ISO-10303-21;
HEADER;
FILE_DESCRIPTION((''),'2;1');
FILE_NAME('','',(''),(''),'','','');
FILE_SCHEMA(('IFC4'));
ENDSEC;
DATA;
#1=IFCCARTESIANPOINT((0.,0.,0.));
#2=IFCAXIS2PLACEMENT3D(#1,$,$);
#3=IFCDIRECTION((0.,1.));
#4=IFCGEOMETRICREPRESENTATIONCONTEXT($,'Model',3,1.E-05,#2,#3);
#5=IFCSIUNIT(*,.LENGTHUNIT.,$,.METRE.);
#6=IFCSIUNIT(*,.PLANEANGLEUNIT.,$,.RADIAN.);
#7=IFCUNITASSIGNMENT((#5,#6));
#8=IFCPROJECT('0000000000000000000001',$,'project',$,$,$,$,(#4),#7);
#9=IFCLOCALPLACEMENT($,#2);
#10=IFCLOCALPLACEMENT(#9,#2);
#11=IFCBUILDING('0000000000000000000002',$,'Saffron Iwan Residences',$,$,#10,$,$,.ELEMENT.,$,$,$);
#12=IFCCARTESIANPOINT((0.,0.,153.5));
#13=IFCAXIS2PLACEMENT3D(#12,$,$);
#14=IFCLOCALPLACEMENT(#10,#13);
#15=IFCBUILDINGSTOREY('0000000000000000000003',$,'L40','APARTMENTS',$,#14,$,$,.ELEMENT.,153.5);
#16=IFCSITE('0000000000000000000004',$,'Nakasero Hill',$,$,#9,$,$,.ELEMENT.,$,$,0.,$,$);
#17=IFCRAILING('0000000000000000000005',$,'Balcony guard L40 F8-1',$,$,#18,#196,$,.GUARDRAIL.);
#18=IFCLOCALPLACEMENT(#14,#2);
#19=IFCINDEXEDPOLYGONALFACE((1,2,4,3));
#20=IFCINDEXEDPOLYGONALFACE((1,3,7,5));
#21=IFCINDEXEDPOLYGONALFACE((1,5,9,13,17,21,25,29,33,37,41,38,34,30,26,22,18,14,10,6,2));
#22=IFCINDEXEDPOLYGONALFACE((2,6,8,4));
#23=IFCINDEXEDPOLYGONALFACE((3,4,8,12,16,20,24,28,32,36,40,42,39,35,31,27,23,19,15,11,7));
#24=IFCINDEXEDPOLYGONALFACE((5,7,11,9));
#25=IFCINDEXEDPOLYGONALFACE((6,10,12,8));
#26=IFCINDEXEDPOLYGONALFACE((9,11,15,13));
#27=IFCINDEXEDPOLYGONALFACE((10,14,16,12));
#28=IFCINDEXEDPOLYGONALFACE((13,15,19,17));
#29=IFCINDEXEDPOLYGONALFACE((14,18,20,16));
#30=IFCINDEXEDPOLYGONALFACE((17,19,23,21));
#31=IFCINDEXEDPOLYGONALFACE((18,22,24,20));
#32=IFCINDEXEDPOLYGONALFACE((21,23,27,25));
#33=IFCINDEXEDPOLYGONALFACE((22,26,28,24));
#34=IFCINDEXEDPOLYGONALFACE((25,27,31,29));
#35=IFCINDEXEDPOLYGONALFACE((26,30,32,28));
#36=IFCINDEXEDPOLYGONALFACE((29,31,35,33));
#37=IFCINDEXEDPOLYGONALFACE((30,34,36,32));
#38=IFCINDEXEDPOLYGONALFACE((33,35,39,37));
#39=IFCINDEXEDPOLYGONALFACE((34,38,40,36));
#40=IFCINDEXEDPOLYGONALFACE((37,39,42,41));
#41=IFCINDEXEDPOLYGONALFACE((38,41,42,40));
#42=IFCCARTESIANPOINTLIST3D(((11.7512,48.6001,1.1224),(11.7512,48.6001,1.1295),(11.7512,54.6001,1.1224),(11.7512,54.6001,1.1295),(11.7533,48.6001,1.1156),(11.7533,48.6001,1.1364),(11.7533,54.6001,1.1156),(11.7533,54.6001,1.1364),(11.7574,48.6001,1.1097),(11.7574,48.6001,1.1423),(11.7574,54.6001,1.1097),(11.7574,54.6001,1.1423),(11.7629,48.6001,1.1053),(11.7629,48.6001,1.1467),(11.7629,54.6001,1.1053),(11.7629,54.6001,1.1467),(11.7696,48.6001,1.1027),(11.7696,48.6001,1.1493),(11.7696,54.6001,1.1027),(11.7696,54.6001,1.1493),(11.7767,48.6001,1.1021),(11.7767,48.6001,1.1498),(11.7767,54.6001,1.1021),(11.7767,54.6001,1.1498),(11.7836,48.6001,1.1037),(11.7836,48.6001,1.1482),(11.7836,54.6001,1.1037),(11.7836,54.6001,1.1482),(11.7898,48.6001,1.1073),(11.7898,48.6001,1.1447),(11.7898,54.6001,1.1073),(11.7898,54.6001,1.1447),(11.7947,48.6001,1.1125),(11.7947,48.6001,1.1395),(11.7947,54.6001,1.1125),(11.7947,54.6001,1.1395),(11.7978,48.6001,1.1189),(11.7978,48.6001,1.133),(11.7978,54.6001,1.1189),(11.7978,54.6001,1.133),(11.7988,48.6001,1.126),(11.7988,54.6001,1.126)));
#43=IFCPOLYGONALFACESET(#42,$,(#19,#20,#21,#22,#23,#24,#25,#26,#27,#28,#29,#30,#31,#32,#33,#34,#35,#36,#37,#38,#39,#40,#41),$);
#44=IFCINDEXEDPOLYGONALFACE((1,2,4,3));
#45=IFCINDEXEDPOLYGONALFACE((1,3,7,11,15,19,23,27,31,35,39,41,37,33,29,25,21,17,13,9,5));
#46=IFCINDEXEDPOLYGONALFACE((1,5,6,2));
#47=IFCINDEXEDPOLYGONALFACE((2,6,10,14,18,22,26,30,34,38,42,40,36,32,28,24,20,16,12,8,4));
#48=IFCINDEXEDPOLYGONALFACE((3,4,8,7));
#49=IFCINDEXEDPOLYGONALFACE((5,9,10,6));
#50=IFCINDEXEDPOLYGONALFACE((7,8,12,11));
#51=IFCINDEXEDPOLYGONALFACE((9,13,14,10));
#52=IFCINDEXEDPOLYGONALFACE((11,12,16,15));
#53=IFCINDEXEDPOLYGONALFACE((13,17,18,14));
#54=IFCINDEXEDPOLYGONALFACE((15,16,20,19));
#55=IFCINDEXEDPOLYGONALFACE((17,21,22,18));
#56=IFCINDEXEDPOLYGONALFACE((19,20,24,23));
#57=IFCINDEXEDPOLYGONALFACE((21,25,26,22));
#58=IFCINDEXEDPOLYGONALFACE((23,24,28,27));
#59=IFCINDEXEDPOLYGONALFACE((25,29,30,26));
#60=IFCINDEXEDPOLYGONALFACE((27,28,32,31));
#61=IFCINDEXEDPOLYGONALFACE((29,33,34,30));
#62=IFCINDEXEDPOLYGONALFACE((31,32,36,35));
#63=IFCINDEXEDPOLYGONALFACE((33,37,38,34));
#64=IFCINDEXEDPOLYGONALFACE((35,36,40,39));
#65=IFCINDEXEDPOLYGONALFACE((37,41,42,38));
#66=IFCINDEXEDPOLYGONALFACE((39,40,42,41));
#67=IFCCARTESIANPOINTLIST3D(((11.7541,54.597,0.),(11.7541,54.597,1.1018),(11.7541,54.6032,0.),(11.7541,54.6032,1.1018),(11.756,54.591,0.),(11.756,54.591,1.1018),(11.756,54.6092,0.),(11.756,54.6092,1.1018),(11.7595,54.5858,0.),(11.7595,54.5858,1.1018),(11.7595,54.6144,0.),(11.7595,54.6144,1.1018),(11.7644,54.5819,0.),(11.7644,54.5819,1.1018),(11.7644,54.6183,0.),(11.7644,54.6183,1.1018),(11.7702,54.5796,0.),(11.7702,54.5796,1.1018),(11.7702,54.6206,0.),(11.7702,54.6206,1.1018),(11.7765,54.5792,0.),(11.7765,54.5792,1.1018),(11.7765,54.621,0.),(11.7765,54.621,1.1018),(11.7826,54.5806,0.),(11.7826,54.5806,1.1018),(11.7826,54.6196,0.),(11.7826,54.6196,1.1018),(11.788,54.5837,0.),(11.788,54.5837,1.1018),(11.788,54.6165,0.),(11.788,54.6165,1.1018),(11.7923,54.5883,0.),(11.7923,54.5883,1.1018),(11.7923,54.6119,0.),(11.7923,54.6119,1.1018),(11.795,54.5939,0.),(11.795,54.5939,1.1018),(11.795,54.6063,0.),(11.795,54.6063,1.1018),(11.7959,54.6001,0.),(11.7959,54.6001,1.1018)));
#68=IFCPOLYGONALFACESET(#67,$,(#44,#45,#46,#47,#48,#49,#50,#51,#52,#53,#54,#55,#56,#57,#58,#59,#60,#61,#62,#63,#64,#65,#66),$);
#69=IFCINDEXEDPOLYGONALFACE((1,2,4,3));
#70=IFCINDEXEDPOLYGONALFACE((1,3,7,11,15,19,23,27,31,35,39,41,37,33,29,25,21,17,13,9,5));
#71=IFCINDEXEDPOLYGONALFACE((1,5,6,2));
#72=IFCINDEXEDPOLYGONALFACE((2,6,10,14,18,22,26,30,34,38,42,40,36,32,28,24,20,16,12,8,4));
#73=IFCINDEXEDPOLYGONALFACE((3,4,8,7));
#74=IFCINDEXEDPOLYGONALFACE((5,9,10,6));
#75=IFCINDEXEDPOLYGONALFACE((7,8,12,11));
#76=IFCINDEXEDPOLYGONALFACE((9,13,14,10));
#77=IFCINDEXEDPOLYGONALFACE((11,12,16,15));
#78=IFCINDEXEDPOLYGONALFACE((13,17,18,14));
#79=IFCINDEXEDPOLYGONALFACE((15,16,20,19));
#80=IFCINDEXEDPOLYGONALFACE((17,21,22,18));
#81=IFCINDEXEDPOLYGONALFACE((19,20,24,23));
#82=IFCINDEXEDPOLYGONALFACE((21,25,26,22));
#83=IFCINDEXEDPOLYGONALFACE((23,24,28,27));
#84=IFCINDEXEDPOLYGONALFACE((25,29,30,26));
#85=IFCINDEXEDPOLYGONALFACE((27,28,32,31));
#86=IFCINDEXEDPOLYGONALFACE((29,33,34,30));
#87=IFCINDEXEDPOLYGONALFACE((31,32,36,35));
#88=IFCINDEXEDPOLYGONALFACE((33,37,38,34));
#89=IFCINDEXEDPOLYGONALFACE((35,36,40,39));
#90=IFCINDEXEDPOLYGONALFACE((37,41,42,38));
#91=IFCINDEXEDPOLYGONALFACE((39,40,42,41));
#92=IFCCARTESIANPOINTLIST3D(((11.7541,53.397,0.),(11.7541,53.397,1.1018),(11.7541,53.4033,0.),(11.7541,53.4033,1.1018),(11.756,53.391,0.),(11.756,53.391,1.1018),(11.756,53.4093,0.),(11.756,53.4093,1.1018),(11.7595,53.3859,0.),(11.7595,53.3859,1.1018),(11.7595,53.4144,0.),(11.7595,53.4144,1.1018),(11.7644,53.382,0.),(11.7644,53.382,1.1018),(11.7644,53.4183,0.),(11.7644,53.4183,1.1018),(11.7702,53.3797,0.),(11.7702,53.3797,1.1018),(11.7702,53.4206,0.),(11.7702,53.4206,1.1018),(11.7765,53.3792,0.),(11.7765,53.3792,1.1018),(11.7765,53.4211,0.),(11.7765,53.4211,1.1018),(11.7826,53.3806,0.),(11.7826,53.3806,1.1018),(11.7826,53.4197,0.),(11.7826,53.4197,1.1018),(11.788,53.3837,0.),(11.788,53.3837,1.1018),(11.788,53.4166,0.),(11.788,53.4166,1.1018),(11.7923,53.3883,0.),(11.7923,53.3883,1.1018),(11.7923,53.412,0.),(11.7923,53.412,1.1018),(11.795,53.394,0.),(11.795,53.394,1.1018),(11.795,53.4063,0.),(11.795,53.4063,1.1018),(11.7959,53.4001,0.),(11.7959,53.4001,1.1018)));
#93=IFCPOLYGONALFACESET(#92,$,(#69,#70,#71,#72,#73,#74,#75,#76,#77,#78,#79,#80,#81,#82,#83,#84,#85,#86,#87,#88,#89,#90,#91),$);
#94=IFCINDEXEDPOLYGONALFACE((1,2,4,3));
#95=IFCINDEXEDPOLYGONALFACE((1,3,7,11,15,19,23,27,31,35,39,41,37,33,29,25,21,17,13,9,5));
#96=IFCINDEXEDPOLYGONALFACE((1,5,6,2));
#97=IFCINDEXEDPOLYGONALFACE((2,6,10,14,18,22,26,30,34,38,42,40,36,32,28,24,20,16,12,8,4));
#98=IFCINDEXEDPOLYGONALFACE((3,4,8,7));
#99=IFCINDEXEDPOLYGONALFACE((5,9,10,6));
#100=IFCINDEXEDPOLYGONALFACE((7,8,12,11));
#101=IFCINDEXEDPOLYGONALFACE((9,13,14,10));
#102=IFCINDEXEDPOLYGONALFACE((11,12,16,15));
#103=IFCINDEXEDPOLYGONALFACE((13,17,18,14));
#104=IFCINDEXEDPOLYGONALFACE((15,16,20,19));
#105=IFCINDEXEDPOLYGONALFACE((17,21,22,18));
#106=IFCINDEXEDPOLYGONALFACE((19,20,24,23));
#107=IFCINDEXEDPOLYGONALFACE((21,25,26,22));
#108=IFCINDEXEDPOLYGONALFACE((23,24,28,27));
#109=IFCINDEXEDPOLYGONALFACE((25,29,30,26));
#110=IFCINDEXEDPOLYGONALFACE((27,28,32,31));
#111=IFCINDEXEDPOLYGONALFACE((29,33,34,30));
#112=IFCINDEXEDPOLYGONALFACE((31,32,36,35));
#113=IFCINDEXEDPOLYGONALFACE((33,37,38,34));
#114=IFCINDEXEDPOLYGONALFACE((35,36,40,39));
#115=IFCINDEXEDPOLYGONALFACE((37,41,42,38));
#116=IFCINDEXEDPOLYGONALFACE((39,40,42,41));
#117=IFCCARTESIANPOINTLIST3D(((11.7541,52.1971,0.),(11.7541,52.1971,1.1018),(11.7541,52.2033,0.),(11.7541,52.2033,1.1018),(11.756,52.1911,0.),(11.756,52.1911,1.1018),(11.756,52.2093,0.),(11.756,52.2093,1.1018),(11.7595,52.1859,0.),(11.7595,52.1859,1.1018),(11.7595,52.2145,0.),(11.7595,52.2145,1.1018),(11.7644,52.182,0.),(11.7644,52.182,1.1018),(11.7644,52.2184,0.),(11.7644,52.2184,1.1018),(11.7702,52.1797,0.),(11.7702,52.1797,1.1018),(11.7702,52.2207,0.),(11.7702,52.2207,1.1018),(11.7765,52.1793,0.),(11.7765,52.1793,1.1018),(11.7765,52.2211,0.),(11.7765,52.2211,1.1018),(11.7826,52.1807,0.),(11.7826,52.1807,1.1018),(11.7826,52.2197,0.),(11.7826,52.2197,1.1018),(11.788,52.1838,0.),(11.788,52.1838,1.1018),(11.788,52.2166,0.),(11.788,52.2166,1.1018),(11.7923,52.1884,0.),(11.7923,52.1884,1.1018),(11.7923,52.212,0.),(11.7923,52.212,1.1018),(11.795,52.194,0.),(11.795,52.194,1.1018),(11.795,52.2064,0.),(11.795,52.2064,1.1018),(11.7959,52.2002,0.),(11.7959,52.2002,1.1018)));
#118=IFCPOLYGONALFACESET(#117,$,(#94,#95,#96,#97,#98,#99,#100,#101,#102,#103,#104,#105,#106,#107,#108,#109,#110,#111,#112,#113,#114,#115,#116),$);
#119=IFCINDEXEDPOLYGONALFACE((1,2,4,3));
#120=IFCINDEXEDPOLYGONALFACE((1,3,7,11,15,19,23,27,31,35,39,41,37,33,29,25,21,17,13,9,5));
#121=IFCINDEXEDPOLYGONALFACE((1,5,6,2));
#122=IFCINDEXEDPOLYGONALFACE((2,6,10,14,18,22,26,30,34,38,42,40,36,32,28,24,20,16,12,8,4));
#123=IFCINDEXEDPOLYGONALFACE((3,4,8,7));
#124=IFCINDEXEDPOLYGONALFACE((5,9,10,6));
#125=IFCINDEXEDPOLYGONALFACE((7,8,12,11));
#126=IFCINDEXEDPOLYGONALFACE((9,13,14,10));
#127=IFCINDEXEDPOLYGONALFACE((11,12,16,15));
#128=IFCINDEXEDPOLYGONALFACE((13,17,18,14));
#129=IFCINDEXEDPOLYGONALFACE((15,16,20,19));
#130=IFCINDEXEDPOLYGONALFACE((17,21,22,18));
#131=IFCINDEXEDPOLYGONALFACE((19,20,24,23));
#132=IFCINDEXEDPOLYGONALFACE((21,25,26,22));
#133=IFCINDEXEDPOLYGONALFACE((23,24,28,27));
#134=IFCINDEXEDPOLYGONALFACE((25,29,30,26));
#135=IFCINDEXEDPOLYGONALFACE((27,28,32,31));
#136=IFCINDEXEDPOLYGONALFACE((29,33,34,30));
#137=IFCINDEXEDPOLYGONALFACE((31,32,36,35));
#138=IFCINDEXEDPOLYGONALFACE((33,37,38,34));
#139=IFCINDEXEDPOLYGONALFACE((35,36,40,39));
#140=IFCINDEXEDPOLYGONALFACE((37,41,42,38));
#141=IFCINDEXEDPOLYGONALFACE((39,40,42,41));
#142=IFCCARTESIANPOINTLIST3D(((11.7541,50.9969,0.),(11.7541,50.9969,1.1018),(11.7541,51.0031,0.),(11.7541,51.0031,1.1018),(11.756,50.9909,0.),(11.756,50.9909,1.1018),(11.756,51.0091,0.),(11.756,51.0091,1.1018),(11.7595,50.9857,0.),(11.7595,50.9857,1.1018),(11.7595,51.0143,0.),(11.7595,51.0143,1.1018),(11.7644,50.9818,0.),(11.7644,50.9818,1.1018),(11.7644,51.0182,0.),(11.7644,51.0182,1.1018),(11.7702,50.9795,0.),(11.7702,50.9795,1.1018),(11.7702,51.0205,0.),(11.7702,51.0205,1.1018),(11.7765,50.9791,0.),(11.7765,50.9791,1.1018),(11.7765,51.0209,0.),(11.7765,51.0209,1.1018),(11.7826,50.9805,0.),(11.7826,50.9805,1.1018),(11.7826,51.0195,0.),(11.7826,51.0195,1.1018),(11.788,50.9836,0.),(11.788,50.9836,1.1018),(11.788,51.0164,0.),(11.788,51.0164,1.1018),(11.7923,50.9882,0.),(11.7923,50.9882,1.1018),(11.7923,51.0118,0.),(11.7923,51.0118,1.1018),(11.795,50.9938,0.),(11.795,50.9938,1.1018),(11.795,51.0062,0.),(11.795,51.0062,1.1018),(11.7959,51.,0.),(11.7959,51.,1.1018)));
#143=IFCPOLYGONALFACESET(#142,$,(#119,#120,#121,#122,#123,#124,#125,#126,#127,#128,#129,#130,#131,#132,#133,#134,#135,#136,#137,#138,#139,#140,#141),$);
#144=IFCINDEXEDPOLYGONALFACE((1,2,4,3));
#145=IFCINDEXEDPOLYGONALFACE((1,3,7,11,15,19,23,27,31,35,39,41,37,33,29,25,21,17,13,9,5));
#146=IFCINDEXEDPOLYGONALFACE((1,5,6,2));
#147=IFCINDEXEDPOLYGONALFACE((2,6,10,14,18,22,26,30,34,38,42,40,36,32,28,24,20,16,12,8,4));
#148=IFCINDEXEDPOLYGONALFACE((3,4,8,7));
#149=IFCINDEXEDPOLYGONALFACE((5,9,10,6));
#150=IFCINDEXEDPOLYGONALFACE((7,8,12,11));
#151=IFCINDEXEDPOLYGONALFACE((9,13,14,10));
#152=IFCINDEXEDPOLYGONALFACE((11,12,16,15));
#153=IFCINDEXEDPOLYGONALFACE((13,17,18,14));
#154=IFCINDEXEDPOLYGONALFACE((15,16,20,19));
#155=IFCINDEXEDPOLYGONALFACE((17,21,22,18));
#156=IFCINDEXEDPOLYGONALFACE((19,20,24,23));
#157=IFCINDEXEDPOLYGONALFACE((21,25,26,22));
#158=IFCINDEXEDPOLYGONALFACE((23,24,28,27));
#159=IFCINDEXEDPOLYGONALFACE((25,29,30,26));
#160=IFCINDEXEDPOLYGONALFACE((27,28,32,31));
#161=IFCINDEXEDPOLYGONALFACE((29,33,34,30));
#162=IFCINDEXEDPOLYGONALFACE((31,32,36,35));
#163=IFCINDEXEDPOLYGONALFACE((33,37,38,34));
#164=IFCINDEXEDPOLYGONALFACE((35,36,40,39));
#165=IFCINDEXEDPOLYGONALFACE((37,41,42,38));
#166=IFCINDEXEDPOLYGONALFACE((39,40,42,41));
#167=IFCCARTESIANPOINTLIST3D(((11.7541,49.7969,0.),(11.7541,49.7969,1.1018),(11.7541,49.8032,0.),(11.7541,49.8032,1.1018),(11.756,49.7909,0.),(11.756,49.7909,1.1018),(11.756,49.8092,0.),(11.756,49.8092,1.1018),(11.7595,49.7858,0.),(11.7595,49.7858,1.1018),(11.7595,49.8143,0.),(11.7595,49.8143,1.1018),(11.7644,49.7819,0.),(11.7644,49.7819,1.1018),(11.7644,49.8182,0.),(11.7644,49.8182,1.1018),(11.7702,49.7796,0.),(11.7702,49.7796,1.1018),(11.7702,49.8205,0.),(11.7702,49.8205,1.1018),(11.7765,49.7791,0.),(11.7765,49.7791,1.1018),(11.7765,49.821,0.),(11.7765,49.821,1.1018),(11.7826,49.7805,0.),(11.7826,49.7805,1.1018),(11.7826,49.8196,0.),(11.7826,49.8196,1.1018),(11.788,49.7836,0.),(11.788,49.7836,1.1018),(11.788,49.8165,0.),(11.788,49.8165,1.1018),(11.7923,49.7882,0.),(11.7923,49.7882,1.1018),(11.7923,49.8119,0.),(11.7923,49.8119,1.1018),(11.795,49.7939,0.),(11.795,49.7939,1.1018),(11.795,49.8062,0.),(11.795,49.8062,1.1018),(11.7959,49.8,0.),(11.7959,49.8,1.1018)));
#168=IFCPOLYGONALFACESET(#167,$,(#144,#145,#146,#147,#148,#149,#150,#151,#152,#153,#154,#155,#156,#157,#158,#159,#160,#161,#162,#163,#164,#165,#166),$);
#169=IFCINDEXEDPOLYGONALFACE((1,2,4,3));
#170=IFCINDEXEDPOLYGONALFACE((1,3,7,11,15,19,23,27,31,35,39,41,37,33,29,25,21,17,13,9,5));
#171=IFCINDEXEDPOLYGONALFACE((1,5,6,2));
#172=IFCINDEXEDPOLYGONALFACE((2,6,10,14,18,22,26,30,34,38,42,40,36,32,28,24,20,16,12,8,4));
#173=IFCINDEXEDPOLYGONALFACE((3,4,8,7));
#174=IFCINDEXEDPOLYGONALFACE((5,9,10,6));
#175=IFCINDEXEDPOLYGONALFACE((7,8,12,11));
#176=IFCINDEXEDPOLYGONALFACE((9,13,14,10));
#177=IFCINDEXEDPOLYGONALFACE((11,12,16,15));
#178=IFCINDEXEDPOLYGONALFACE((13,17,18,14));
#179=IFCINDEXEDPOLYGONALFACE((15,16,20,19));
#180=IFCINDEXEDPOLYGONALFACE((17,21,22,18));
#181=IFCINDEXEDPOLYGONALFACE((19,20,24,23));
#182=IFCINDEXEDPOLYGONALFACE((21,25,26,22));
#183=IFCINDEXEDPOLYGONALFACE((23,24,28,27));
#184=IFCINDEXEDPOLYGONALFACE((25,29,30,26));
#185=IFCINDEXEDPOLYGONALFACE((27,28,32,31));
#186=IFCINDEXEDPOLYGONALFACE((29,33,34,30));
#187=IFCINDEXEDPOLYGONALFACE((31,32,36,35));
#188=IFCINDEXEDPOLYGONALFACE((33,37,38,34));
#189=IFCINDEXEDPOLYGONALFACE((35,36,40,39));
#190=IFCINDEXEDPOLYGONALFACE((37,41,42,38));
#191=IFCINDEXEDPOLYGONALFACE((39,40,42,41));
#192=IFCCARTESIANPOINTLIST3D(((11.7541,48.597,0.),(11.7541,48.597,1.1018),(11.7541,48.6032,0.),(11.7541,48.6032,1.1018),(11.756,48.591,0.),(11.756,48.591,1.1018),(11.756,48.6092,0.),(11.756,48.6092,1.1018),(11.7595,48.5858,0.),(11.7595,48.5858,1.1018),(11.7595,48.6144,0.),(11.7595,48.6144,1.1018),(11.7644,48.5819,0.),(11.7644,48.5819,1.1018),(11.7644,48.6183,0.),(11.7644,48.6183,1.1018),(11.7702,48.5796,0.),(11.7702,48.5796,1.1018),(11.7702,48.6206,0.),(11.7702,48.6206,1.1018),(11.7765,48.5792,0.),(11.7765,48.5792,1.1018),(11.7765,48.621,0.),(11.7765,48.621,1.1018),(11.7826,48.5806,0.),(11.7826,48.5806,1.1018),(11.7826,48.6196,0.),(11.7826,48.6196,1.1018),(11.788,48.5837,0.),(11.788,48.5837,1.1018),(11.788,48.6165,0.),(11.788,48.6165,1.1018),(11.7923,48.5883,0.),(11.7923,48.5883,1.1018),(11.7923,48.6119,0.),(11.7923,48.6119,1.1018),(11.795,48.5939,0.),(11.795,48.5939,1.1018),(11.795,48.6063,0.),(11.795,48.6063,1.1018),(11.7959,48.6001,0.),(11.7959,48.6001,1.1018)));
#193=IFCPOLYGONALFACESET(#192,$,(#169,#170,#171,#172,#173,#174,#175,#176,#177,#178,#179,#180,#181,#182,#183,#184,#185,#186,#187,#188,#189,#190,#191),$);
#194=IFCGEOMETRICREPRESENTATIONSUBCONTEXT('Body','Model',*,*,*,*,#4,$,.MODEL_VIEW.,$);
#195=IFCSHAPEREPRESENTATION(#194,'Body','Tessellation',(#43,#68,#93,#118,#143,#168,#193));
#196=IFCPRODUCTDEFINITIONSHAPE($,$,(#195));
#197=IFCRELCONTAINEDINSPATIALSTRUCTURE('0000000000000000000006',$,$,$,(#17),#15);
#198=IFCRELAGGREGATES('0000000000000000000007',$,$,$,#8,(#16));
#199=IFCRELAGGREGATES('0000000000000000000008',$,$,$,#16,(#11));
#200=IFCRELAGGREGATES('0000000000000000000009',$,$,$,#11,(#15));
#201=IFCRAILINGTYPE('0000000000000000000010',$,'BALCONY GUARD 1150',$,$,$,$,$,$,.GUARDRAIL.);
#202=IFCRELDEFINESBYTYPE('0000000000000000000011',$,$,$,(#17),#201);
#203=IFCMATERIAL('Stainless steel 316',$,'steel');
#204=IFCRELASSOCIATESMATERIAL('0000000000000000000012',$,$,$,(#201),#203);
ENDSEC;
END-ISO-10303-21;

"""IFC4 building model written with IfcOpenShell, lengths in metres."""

from ifc_helpers import new_model, si_unit, direction, frame, origin, origin_2d, place, context, subcontext, project, spatial, circle, extrude, material, type_object, element, save


model = new_model("IFC4")

# Units and contexts
model_context = context("Model", 3, precision=1e-05, world=origin(), true_north=direction((0.0, 1.0)))
body_context = subcontext(model_context, "Body", "Model", "MODEL_VIEW")
ifc_project = project(units=[si_unit("LENGTHUNIT", "METRE"), si_unit("PLANEANGLEUNIT", "RADIAN")], contexts=[model_context])

# Site, building, storey
site_placement = place(None, origin())
site = spatial("IfcSite", under=ifc_project, at=site_placement, Name="Nakasero Hill", CompositionType="ELEMENT", RefElevation=0.0)
building_placement = place(site_placement, origin())
building = spatial("IfcBuilding", under=site, at=building_placement, Name="Saffron Iwan Residences", CompositionType="ELEMENT")
storey_placement = place(building_placement, frame((0.0, 0.0, 153.5)))
storey = spatial("IfcBuildingStorey", under=building, at=storey_placement, Name="L40", Description="APARTMENTS", CompositionType="ELEMENT", Elevation=153.5)

# Railing
ifc_material_1 = material(Name="Stainless steel 316", Category="steel")
railing_type = type_object("IfcRailingType", Name="BALCONY GUARD 1150", PredefinedType="GUARDRAIL", material=ifc_material_1)
railing_placement = place(storey_placement, frame((11.7749, 54.6001, 0.0)))
element("IfcRailing", 1, at=railing_placement, inside=storey, type_object=railing_type, Name="Balcony guard L40 F8-1", PredefinedType="GUARDRAIL", context=body_context, shape_type="SweptSolid", body=[
    extrude(circle(Radius=0.0239, at=origin_2d()), frame((0.0, 0.0, 1.126), z_axis=(0.0, -1.0, 0.0), x_axis=(1.0, 0.0, 0.0)), (0.0, 0.0, 1.0), 6.0),
    extrude(circle(Radius=0.021, at=origin_2d()), origin(), (0.0, 0.0, 1.0), 1.1018),
    extrude(circle(Radius=0.021, at=origin_2d()), frame((0.0, -1.2, 0.0)), (0.0, 0.0, 1.0), 1.1018),
    extrude(circle(Radius=0.021, at=origin_2d()), frame((0.0, -2.3999, 0.0)), (0.0, 0.0, 1.0), 1.1018),
    extrude(circle(Radius=0.021, at=origin_2d()), frame((0.0, -3.6001, 0.0)), (0.0, 0.0, 1.0), 1.1018),
    extrude(circle(Radius=0.021, at=origin_2d()), frame((0.0, -4.8, 0.0)), (0.0, 0.0, 1.0), 1.1018),
    extrude(circle(Radius=0.021, at=origin_2d()), frame((0.0, -6.0, 0.0)), (0.0, 0.0, 1.0), 1.1018),
])

save(model, "model.ifc")
